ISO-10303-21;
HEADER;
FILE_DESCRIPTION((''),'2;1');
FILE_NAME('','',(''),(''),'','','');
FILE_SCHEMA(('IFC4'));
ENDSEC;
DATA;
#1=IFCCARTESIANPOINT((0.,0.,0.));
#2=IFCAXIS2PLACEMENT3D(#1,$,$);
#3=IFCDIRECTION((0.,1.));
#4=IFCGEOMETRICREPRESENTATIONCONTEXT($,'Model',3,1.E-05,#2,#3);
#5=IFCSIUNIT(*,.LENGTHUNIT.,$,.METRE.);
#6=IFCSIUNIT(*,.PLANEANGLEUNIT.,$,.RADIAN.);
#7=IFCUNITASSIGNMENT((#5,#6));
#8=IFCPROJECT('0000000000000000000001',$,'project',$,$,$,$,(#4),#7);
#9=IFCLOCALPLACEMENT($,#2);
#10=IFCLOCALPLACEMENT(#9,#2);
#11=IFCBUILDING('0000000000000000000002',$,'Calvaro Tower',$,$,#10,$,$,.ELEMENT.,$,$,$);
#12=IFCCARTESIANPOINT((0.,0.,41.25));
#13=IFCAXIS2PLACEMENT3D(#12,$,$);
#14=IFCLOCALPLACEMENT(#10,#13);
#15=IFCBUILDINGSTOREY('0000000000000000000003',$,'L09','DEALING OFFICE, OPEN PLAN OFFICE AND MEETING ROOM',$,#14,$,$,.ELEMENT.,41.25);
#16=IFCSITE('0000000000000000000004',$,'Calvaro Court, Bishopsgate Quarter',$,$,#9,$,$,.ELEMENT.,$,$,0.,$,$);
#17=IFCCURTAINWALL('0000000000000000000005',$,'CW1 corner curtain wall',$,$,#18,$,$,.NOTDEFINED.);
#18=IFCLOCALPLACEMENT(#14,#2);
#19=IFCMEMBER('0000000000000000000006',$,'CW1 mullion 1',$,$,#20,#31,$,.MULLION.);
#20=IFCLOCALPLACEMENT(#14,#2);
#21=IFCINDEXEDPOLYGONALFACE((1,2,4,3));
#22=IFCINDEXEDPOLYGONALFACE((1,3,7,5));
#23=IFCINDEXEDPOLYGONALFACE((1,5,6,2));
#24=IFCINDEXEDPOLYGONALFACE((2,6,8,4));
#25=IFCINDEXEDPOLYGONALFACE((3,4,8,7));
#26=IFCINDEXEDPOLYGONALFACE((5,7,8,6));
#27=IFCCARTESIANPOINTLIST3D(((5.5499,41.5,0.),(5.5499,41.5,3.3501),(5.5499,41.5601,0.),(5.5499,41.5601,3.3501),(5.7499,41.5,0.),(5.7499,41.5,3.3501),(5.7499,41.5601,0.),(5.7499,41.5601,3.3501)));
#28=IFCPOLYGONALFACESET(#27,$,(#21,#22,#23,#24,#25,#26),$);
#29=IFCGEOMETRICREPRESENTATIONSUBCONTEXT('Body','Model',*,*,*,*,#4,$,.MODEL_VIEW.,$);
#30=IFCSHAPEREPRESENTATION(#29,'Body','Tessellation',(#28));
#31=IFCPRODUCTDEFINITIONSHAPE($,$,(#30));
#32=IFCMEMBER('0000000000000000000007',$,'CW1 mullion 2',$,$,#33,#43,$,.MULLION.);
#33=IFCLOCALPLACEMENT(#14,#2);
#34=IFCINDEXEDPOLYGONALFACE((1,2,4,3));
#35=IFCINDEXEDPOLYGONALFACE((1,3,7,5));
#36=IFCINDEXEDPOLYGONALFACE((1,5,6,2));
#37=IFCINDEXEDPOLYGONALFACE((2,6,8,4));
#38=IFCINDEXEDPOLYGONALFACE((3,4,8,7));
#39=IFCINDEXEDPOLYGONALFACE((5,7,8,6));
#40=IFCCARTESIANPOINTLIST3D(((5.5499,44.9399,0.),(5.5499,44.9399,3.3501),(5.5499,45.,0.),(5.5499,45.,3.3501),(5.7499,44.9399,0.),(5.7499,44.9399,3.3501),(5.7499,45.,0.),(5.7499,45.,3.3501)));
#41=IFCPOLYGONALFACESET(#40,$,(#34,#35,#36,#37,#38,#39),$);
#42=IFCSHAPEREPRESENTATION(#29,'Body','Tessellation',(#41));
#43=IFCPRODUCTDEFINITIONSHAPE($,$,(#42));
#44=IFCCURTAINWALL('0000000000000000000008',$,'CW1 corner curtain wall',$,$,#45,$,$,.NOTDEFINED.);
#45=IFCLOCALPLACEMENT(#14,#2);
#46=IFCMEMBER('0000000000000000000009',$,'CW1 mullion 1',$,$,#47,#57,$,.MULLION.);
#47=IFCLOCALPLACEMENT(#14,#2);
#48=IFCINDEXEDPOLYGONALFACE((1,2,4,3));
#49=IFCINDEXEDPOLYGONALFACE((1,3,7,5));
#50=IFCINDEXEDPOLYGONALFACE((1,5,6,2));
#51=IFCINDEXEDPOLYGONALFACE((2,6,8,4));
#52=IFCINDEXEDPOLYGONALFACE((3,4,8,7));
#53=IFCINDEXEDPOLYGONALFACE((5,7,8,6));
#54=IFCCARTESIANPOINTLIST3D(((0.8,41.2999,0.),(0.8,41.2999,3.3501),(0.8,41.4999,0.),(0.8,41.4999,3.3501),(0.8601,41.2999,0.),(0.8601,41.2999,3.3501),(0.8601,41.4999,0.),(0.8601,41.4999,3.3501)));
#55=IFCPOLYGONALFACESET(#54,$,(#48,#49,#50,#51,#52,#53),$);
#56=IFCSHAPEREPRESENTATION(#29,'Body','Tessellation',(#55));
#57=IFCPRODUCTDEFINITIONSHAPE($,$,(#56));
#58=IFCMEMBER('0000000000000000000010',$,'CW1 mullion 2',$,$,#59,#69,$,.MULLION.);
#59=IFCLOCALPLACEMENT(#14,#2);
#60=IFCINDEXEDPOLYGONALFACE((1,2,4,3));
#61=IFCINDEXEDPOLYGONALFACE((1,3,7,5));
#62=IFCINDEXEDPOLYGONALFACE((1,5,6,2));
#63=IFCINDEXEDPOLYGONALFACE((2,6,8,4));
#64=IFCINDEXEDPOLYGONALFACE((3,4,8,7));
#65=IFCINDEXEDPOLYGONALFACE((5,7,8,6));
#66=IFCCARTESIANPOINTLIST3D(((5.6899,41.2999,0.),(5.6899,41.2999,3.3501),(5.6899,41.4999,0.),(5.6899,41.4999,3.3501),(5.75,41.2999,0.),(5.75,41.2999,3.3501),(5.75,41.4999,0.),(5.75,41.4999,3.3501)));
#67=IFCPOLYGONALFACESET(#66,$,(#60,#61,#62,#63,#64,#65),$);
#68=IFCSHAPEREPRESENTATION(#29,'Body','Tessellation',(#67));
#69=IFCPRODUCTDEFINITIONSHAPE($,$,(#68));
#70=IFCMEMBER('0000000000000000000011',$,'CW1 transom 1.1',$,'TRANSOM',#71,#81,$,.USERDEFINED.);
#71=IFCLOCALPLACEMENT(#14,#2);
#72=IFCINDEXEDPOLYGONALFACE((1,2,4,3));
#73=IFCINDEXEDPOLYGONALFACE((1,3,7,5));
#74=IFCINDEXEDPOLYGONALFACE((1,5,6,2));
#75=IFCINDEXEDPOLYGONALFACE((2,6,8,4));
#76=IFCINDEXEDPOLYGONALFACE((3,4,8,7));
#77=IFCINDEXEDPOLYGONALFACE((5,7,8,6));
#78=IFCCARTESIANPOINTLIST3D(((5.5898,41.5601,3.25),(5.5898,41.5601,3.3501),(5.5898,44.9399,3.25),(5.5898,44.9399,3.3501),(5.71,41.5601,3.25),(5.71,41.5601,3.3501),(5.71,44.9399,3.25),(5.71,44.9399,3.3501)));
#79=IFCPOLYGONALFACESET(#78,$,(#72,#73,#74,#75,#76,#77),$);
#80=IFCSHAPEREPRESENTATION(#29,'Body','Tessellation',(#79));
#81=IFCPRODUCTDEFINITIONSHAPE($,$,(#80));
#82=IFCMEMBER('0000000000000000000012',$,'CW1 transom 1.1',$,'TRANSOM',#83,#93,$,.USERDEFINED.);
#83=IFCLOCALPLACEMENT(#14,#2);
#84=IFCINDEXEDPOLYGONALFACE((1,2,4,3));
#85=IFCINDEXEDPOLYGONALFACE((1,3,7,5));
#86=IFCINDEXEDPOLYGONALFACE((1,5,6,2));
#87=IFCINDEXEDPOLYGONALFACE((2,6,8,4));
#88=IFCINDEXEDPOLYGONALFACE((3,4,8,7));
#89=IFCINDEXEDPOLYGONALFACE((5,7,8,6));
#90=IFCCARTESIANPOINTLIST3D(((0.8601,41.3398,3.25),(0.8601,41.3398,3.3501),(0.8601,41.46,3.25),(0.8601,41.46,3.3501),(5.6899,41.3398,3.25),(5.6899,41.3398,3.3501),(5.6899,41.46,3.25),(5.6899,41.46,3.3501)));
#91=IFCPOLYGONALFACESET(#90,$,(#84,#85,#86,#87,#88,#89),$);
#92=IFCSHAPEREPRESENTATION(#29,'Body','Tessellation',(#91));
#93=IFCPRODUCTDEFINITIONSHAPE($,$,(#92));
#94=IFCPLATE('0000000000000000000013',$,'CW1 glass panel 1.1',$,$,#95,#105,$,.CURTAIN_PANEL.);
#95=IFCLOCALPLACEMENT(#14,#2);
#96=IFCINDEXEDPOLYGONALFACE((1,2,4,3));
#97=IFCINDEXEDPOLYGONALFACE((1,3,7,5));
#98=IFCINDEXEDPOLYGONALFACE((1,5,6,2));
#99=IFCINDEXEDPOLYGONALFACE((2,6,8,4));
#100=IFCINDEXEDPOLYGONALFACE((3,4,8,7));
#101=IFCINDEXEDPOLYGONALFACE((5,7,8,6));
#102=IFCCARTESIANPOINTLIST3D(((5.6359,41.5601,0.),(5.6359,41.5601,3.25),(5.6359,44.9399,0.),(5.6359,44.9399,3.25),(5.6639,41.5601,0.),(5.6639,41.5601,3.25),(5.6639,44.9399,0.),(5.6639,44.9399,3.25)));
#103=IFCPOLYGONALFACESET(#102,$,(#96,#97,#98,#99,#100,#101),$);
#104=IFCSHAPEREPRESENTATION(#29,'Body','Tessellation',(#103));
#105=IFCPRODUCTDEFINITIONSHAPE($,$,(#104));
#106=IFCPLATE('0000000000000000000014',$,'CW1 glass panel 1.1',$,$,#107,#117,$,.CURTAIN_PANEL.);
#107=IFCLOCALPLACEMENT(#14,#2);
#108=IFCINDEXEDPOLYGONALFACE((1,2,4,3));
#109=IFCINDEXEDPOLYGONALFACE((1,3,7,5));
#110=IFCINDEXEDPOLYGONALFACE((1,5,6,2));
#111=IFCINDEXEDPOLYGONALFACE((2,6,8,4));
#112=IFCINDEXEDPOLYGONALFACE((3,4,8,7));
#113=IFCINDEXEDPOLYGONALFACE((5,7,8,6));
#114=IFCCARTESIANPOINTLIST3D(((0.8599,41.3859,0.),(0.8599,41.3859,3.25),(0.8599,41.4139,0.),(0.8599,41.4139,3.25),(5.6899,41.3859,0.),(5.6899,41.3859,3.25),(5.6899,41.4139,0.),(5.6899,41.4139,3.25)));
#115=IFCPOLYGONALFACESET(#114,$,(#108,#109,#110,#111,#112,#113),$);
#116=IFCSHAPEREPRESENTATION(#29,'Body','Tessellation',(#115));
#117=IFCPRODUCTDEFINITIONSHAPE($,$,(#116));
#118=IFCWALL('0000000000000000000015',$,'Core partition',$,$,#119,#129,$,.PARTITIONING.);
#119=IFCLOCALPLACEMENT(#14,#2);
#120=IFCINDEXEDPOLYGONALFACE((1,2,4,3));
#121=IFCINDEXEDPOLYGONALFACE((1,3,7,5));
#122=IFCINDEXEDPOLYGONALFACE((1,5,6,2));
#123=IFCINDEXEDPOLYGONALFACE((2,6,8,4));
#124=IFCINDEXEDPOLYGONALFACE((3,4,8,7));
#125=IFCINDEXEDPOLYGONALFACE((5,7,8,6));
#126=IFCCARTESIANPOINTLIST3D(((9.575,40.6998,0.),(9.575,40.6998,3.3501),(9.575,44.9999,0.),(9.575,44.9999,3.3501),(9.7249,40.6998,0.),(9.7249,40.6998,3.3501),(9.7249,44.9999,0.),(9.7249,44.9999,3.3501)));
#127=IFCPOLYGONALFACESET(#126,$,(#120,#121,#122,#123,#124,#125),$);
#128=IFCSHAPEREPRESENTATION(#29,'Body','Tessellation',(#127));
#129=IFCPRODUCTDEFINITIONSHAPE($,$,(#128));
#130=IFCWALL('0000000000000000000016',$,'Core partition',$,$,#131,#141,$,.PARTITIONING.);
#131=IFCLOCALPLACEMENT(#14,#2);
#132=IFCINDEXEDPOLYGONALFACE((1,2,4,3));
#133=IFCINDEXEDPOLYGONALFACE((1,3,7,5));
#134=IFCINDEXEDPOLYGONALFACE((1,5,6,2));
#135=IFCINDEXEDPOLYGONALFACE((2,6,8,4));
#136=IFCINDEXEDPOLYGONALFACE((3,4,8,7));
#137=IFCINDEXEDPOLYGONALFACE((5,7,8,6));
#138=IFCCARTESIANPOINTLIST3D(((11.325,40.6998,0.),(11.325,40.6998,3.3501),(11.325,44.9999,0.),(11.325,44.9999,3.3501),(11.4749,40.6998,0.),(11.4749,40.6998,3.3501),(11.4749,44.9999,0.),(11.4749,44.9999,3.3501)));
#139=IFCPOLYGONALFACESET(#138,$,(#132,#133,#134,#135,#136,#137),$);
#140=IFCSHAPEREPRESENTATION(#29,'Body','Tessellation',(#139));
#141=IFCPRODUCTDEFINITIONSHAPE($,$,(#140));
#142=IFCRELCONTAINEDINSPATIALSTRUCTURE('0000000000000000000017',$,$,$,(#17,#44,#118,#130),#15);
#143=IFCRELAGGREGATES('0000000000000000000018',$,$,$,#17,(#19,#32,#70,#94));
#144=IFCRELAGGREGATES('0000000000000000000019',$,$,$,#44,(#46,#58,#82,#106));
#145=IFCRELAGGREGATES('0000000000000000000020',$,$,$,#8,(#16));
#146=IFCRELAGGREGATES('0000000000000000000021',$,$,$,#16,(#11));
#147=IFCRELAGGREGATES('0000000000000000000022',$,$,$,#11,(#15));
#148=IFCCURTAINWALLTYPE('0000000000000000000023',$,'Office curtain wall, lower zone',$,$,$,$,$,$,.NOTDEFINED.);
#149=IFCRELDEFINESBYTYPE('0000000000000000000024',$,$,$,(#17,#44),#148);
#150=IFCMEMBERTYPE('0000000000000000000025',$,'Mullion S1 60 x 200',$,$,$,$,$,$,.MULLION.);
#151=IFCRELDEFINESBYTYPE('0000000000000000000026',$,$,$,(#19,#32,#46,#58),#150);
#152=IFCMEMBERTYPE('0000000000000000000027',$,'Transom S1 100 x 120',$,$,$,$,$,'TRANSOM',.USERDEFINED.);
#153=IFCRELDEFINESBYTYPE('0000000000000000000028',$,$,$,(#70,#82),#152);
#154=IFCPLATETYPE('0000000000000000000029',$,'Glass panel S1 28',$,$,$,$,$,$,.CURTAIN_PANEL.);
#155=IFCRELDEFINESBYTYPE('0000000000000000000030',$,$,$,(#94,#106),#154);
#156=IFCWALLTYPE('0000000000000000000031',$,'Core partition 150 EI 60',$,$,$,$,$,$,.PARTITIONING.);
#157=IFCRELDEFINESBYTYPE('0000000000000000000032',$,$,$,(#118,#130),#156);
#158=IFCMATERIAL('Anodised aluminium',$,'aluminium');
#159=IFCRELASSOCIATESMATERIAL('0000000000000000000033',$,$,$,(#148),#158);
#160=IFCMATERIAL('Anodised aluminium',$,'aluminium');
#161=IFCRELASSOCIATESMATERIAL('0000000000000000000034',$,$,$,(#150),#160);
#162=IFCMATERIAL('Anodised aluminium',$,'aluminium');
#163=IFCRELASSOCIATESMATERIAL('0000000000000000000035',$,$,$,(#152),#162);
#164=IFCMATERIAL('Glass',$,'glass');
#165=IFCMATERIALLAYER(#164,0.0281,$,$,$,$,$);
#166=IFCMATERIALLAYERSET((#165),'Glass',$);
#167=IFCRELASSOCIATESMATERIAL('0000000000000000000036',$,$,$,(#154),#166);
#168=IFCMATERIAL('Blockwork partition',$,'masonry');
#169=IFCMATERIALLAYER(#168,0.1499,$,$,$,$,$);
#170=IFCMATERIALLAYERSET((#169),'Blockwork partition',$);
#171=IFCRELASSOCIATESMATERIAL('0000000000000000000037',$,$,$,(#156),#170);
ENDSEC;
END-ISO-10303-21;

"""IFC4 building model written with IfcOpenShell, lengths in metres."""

from ifc_helpers import new_model, si_unit, direction, frame, frame_2d, origin, origin_2d, place, context, subcontext, project, spatial, rectangle, extrude, material, layer, layer_set, material_profile, profile_set, type_object, element, aggregate, save


model = new_model("IFC4")

# Units and contexts
model_context = context("Model", 3, precision=1e-05, world=origin(), true_north=direction((0.0, 1.0)))
body_context = subcontext(model_context, "Body", "Model", "MODEL_VIEW")
ifc_project = project(units=[si_unit("LENGTHUNIT", "METRE"), si_unit("PLANEANGLEUNIT", "RADIAN")], contexts=[model_context])

# Site, building, storey
site_placement = place(None, origin())
site = spatial("IfcSite", under=ifc_project, at=site_placement, Name="Calvaro Court, Bishopsgate Quarter", CompositionType="ELEMENT", RefElevation=0.0)
building_placement = place(site_placement, origin())
building = spatial("IfcBuilding", under=site, at=building_placement, Name="Calvaro Tower", CompositionType="ELEMENT")
storey_placement = place(building_placement, frame((0.0, 0.0, 41.25)))
storey = spatial("IfcBuildingStorey", under=building, at=storey_placement, Name="L09", Description="DEALING OFFICE, OPEN PLAN OFFICE AND MEETING ROOM", CompositionType="ELEMENT", Elevation=41.25)

# Curtain walls, members
ifc_material_1 = material(Name="Anodised aluminium", Category="aluminium")
curtain_wall_type = type_object("IfcCurtainWallType", Name="Office curtain wall, lower zone", PredefinedType="NOTDEFINED", material=ifc_material_1)
curtain_wall_1_placement = place(storey_placement, origin())
curtain_wall_1 = element("IfcCurtainWall", 1, at=curtain_wall_1_placement, inside=storey, type_object=curtain_wall_type, Name="CW1 corner curtain wall", PredefinedType="NOTDEFINED")
ifc_material_2 = material(Name="Anodised aluminium", Category="aluminium")
ifc_material_profile_1 = material_profile(ifc_material_2, rectangle(XDim=0.2, YDim=0.0601, at=origin_2d()), Name="Mullion S1 60 x 200")
ifc_profile_set_1 = profile_set([ifc_material_profile_1], Name="Anodised aluminium")
member_type_1 = type_object("IfcMemberType", Name="Mullion S1 60 x 200", PredefinedType="MULLION", material=ifc_profile_set_1)
member_1_placement = place(storey_placement, frame((5.6499, 41.53, 0.0), z_axis=(0.0, 0.0, 1.0), x_axis=(-1.0, 0.0, 0.0)))
member_1 = element("IfcMember", 2, at=member_1_placement, type_object=member_type_1, Name="CW1 mullion 1", PredefinedType="MULLION", context=body_context, shape_type="SweptSolid", body=[
    extrude(rectangle(XDim=0.2, YDim=0.0601, at=origin_2d()), origin(), (0.0, 0.0, 1.0), 3.3501),
])
member_2_placement = place(storey_placement, frame((5.6499, 44.97, 0.0), z_axis=(0.0, 0.0, 1.0), x_axis=(-1.0, 0.0, 0.0)))
member_2 = element("IfcMember", 3, at=member_2_placement, type_object=member_type_1, Name="CW1 mullion 2", PredefinedType="MULLION", context=body_context, shape_type="SweptSolid", body=[
    extrude(rectangle(XDim=0.2, YDim=0.0601, at=origin_2d()), origin(), (0.0, 0.0, 1.0), 3.3501),
])
curtain_wall_2_placement = place(storey_placement, origin())
curtain_wall_2 = element("IfcCurtainWall", 4, at=curtain_wall_2_placement, inside=storey, type_object=curtain_wall_type, Name="CW1 corner curtain wall", PredefinedType="NOTDEFINED")
member_3_placement = place(storey_placement, frame((0.8301, 41.3999, 0.0), z_axis=(0.0, 0.0, 1.0), x_axis=(0.0, 1.0, 0.0)))
member_3 = element("IfcMember", 5, at=member_3_placement, type_object=member_type_1, Name="CW1 mullion 1", PredefinedType="MULLION", context=body_context, shape_type="SweptSolid", body=[
    extrude(rectangle(XDim=0.2, YDim=0.0601, at=origin_2d()), origin(), (0.0, 0.0, 1.0), 3.3501),
])
member_4_placement = place(storey_placement, frame((5.72, 41.3999, 0.0), z_axis=(0.0, 0.0, 1.0), x_axis=(0.0, 1.0, 0.0)))
member_4 = element("IfcMember", 6, at=member_4_placement, type_object=member_type_1, Name="CW1 mullion 2", PredefinedType="MULLION", context=body_context, shape_type="SweptSolid", body=[
    extrude(rectangle(XDim=0.2, YDim=0.0601, at=origin_2d()), origin(), (0.0, 0.0, 1.0), 3.3501),
])

# Members
ifc_material_3 = material(Name="Anodised aluminium", Category="aluminium")
ifc_material_profile_2 = material_profile(ifc_material_3, rectangle(XDim=0.1201, YDim=0.1001, at=origin_2d()), Name="Transom S1 100 x 120")
ifc_profile_set_2 = profile_set([ifc_material_profile_2], Name="Anodised aluminium")
member_type_2 = type_object("IfcMemberType", Name="Transom S1 100 x 120", ElementType="TRANSOM", PredefinedType="USERDEFINED", material=ifc_profile_set_2)
member_5_placement = place(storey_placement, frame((5.6499, 41.5601, 3.3), z_axis=(0.0, 1.0, 0.0), x_axis=(-1.0, 0.0, 0.0)))
member_5 = element("IfcMember", 7, at=member_5_placement, type_object=member_type_2, Name="CW1 transom 1.1", ObjectType="TRANSOM", PredefinedType="USERDEFINED", context=body_context, shape_type="SweptSolid", body=[
    extrude(rectangle(XDim=0.1201, YDim=0.1001, at=origin_2d()), origin(), (0.0, 0.0, 1.0), 3.3799),
])
member_6_placement = place(storey_placement, frame((0.8601, 41.3999, 3.3), z_axis=(1.0, 0.0, 0.0), x_axis=(0.0, 1.0, 0.0)))
member_6 = element("IfcMember", 8, at=member_6_placement, type_object=member_type_2, Name="CW1 transom 1.1", ObjectType="TRANSOM", PredefinedType="USERDEFINED", context=body_context, shape_type="SweptSolid", body=[
    extrude(rectangle(XDim=0.1201, YDim=0.1001, at=origin_2d()), origin(), (0.0, 0.0, 1.0), 4.8298),
])

# Plates
ifc_material_4 = material(Name="Glass", Category="glass")
ifc_layer_1 = layer(ifc_material_4, 0.0281)
ifc_layer_set_1 = layer_set([ifc_layer_1], Name="Glass")
plate_type = type_object("IfcPlateType", Name="Glass panel S1 28", PredefinedType="CURTAIN_PANEL", material=ifc_layer_set_1)
plate_1_placement = place(storey_placement, frame((5.6499, 43.25, 0.0), z_axis=(0.0, 0.0, 1.0), x_axis=(0.0, 1.0, 0.0)))
plate_1 = element("IfcPlate", 9, at=plate_1_placement, type_object=plate_type, Name="CW1 glass panel 1.1", PredefinedType="CURTAIN_PANEL", context=body_context, shape_type="SweptSolid", body=[
    extrude(rectangle(XDim=3.3799, YDim=0.0281, at=origin_2d()), origin(), (0.0, 0.0, 1.0), 3.25),
])
aggregate(curtain_wall_1, [member_1, member_2, member_5, plate_1])
plate_2_placement = place(storey_placement, frame((3.2749, 41.3999, 0.0), z_axis=(0.0, 0.0, 1.0), x_axis=(1.0, 0.0, 0.0)))
plate_2 = element("IfcPlate", 10, at=plate_2_placement, type_object=plate_type, Name="CW1 glass panel 1.1", PredefinedType="CURTAIN_PANEL", context=body_context, shape_type="SweptSolid", body=[
    extrude(rectangle(XDim=4.8301, YDim=0.0281, at=origin_2d()), origin(), (0.0, 0.0, 1.0), 3.25),
])
aggregate(curtain_wall_2, [member_3, member_4, member_6, plate_2])

# Walls
ifc_material_5 = material(Name="Blockwork partition", Category="masonry")
ifc_layer_2 = layer(ifc_material_5, 0.1499)
ifc_layer_set_2 = layer_set([ifc_layer_2], Name="Blockwork partition")
wall_type_1 = type_object("IfcWallType", Name="Core partition 150 EI 60", PredefinedType="PARTITIONING", material=ifc_layer_set_2)
for number, where, z_axis, x_axis, name in (
    (11, (9.6499, 40.7, 0.0), (0.0, 0.0, 1.0), (0.0, 1.0, 0.0), "Core partition"),
    (12, (11.3999, 40.7, 0.0), (0.0, 0.0, 1.0), (0.0, 1.0, 0.0), "Core partition"),
):
    element("IfcWall", number, at=place(storey_placement, frame(where, z_axis=z_axis, x_axis=x_axis)), inside=storey, type_object=wall_type_1, Name=name, PredefinedType="PARTITIONING", context=body_context, shape_type="SweptSolid", body=[
        extrude(rectangle(XDim=4.3, YDim=0.1499, at=frame_2d((2.1499, 0.0))), origin(), (0.0, 0.0, 1.0), 3.3501),
    ])

save(model, "model.ifc")
